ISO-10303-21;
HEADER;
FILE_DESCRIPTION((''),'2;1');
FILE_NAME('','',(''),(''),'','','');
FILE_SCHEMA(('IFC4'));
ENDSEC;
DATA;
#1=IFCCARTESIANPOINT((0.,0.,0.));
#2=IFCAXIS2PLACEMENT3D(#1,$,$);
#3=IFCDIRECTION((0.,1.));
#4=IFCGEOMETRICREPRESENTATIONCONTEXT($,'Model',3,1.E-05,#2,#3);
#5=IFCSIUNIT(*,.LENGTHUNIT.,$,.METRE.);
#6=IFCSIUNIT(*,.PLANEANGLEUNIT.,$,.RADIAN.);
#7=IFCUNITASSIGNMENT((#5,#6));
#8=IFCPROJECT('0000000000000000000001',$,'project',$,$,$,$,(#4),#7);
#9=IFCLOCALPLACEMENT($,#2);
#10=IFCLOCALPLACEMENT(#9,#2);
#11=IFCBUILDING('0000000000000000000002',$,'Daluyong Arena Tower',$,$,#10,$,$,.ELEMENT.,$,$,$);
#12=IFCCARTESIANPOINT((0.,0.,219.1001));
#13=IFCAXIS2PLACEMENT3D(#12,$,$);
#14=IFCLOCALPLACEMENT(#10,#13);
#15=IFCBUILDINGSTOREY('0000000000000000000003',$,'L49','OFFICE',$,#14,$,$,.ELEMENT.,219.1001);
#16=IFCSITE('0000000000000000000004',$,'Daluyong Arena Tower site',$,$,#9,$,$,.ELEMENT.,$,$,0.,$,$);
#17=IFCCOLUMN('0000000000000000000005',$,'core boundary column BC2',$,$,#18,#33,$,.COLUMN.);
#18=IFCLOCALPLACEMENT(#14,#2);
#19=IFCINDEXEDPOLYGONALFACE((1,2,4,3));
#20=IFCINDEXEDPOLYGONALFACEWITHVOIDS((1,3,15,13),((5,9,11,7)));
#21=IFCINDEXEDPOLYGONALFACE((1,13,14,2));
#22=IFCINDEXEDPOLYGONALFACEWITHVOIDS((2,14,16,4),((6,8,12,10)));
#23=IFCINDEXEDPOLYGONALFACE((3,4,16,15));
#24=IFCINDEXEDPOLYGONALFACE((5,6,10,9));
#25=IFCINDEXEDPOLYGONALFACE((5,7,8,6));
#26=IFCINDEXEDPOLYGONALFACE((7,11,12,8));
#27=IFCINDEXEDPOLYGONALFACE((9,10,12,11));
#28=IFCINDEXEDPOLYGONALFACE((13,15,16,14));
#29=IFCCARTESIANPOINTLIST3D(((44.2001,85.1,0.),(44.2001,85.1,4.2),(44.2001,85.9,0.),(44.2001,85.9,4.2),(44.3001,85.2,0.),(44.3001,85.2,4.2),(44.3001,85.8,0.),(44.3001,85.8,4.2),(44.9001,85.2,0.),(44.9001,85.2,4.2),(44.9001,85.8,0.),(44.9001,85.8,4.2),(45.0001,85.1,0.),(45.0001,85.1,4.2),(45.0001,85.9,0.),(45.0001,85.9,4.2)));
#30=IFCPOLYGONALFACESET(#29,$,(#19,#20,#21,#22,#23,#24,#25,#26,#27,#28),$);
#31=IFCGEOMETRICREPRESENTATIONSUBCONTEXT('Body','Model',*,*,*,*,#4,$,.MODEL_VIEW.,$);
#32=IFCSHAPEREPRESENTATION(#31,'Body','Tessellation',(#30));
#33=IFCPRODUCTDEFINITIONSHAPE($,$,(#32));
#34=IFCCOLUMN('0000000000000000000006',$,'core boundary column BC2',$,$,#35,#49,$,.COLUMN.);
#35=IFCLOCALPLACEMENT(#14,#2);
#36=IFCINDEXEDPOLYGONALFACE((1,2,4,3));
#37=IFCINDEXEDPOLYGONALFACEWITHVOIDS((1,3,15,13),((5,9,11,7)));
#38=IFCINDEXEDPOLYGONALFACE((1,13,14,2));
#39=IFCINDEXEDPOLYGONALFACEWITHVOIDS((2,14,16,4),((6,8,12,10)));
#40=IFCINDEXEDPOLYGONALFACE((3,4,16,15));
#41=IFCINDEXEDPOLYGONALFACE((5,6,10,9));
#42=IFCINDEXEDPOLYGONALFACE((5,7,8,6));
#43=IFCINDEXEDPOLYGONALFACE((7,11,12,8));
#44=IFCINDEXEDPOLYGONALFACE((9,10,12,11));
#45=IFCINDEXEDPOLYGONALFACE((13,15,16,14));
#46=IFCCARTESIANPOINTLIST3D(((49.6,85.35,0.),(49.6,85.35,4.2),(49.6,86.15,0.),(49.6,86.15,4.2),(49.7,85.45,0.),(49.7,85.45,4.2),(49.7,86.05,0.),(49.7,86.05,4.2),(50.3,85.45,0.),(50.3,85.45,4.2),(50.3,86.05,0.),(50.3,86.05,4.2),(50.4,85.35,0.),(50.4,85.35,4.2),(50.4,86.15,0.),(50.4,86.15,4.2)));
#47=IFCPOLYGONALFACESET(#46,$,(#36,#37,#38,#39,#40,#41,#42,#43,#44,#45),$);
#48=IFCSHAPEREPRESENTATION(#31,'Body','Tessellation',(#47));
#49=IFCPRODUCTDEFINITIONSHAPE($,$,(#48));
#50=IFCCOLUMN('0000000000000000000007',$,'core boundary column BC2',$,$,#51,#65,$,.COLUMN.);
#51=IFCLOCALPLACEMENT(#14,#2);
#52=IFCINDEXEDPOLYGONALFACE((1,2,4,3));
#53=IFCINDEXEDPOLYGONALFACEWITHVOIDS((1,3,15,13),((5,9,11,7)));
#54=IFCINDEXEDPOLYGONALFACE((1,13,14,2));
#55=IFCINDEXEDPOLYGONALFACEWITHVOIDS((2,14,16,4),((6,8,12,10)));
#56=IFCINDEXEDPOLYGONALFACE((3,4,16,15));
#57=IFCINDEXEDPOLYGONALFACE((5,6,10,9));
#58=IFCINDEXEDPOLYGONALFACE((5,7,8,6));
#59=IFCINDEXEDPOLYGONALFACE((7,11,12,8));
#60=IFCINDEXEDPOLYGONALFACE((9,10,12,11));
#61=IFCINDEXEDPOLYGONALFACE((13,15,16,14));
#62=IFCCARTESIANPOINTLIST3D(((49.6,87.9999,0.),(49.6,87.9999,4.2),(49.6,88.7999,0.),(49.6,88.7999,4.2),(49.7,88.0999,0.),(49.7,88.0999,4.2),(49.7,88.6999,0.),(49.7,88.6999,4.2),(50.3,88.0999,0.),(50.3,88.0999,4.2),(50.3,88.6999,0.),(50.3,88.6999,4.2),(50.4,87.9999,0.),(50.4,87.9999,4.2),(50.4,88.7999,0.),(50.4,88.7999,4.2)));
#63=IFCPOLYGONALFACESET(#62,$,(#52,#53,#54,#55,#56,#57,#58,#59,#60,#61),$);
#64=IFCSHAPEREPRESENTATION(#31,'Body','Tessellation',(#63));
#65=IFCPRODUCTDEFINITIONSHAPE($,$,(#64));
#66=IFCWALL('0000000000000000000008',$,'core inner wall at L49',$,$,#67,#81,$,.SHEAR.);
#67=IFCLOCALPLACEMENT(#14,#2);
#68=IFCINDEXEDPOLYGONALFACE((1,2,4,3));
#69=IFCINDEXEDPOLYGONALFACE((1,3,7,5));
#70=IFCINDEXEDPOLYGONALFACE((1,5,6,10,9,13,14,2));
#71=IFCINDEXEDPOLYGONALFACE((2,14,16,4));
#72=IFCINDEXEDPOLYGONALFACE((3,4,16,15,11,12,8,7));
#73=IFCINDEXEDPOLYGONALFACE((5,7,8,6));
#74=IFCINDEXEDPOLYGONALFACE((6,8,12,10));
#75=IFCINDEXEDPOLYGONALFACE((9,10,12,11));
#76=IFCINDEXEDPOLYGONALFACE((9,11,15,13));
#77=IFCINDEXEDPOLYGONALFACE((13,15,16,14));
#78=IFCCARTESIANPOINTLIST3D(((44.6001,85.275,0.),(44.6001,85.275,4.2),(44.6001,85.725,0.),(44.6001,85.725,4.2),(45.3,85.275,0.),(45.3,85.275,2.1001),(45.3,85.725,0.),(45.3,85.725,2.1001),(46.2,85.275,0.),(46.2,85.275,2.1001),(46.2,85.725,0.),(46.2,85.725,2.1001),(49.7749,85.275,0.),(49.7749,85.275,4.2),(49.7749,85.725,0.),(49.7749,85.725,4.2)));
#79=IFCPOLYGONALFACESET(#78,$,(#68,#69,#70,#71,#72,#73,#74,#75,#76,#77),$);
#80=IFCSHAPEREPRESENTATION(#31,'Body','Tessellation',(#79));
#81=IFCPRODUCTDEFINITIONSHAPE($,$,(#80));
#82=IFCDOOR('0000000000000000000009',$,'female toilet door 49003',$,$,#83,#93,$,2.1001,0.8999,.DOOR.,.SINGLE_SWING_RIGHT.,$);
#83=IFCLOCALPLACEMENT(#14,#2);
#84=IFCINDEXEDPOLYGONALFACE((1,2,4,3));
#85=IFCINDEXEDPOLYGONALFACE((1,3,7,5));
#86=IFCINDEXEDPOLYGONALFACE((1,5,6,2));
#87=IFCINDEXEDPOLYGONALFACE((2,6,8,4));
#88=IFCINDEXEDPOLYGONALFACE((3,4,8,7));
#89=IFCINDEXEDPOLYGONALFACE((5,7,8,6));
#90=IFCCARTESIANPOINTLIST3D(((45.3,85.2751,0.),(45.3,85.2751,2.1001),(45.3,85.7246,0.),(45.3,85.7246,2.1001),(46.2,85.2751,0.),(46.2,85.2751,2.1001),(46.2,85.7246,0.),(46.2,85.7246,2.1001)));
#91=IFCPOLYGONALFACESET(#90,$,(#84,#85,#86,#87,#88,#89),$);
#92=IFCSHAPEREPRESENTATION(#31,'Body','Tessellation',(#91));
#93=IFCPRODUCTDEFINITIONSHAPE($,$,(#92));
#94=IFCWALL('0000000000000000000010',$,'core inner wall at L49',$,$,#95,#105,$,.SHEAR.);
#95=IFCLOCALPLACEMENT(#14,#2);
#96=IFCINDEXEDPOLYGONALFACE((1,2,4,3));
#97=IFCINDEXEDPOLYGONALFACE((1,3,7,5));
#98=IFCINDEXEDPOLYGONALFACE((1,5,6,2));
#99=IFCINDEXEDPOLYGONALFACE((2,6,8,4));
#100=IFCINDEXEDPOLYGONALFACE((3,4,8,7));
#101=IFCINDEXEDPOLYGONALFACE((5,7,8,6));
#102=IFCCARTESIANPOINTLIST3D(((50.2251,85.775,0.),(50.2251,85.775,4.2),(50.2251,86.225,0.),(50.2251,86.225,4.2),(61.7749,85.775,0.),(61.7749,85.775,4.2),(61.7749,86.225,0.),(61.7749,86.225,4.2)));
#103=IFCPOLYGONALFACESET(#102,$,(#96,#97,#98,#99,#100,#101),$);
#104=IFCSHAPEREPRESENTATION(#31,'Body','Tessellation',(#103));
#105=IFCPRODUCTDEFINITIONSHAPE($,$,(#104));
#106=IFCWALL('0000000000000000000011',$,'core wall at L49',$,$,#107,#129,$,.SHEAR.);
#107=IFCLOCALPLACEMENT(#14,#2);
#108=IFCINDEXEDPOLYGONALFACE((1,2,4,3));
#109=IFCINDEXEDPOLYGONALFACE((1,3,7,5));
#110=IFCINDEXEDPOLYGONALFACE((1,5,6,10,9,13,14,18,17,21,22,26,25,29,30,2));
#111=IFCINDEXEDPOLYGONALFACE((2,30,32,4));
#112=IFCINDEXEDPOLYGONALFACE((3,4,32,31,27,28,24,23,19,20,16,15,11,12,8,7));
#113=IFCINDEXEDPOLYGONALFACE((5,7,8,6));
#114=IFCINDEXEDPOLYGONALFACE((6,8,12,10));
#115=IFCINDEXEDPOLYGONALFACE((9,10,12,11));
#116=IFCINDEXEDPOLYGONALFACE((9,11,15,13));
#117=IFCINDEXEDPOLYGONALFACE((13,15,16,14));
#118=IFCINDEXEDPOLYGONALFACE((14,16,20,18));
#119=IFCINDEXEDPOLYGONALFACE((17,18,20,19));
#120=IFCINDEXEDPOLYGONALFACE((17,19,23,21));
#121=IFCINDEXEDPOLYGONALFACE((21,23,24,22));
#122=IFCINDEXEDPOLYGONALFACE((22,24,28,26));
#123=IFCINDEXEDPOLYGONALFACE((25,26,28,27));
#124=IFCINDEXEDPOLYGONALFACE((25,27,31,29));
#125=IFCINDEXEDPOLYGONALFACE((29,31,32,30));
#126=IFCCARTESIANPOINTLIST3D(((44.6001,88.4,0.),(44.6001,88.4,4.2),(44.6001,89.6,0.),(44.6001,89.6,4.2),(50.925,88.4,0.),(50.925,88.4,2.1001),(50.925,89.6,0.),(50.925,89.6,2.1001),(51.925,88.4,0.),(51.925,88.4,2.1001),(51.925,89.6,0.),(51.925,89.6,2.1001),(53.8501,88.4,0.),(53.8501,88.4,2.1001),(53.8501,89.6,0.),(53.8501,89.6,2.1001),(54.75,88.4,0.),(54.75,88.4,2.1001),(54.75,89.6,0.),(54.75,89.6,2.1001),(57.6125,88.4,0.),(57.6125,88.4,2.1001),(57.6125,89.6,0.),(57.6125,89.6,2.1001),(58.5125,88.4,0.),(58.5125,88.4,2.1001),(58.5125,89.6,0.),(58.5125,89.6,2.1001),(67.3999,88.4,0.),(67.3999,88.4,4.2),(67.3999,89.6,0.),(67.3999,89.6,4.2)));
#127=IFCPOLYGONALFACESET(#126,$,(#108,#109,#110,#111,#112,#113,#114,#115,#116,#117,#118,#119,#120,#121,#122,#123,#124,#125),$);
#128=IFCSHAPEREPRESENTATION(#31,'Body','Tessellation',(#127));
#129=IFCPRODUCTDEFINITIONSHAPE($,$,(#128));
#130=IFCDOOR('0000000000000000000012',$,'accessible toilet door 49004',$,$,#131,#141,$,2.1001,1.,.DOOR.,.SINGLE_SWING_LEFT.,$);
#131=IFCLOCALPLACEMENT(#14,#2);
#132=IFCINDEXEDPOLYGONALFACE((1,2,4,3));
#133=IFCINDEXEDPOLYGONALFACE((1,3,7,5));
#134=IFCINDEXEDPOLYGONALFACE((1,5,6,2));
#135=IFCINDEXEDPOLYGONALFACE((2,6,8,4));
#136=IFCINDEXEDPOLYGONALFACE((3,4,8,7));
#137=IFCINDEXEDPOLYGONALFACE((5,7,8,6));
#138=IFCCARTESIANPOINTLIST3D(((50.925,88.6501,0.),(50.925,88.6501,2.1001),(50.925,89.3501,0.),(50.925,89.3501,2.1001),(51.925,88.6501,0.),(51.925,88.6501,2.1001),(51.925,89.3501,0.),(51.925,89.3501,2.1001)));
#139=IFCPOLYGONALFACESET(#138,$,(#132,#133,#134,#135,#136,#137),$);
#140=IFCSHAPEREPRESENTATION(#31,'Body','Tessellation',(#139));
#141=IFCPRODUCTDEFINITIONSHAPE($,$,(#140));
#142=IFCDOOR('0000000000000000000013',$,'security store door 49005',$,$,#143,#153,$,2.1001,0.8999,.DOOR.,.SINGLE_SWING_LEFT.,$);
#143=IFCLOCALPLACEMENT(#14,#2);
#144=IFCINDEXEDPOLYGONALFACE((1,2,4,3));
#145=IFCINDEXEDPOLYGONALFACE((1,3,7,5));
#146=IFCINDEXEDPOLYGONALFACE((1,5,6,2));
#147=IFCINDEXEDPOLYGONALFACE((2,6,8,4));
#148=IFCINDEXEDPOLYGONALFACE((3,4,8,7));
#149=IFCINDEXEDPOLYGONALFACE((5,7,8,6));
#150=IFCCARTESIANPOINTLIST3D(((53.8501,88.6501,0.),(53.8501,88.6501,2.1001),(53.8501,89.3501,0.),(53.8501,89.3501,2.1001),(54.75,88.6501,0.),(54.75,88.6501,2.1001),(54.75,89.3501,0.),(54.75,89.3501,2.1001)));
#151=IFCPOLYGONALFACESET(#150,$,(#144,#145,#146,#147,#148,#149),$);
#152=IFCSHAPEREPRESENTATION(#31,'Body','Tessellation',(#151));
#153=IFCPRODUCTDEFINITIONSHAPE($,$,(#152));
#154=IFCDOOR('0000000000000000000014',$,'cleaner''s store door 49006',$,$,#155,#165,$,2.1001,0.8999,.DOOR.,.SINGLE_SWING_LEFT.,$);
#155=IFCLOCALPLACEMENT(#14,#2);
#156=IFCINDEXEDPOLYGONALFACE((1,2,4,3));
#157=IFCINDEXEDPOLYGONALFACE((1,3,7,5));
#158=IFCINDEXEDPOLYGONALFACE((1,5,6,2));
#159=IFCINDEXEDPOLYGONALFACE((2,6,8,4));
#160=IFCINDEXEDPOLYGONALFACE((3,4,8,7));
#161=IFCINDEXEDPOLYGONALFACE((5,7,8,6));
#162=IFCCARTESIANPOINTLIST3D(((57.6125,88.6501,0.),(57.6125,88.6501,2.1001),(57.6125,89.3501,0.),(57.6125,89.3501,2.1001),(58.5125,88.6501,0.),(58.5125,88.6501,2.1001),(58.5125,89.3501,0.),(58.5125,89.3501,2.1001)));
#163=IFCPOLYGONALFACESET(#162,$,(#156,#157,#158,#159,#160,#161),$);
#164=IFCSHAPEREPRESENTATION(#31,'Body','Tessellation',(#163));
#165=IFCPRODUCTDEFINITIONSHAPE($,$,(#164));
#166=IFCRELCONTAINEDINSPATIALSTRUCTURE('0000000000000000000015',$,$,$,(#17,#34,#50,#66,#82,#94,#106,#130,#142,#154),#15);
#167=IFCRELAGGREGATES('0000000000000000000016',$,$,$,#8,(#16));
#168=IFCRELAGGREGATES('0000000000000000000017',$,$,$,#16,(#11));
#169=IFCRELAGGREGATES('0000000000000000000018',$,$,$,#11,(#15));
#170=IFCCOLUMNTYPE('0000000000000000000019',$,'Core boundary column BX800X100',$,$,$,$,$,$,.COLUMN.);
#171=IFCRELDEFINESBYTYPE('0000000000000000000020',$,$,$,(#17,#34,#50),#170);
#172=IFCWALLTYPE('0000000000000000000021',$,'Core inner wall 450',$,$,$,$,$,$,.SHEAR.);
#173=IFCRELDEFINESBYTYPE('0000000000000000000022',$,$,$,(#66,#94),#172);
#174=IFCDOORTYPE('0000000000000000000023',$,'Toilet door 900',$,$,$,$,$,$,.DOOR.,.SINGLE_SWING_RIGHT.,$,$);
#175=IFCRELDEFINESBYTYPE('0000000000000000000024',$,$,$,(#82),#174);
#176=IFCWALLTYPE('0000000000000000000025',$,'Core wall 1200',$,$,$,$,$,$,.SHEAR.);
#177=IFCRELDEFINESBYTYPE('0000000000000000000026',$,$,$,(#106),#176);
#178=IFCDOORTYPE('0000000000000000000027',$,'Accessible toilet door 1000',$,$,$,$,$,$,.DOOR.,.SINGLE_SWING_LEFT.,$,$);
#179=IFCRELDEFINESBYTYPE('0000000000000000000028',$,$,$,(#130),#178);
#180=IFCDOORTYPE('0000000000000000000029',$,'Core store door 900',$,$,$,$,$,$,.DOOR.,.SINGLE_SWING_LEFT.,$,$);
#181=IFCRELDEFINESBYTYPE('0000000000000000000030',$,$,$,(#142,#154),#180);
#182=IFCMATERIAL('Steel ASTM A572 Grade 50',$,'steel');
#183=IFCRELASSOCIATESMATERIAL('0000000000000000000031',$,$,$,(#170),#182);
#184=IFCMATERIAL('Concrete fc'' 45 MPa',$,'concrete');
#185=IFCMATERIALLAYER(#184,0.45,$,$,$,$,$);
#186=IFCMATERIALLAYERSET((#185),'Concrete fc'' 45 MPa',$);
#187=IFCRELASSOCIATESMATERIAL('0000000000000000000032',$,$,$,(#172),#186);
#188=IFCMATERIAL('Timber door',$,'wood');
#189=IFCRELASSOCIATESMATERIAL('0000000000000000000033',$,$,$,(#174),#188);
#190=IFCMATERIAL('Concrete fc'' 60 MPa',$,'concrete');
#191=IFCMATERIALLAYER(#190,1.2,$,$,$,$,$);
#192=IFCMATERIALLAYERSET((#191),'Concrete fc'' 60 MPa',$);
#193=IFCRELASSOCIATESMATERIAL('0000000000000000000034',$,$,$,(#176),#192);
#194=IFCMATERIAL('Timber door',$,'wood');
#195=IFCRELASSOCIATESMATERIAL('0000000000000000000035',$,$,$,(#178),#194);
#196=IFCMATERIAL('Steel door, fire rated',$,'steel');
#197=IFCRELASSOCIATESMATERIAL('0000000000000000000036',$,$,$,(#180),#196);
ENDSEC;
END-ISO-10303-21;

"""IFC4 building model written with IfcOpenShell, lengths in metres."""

from ifc_helpers import new_model, si_unit, direction, frame, frame_2d, origin, origin_2d, place, context, subcontext, project, spatial, rectangle, hollow_rectangle, extrude, material, layer, layer_set, material_profile, profile_set, type_object, element, fill, save


model = new_model("IFC4")

# Units and contexts
model_context = context("Model", 3, precision=1e-05, world=origin(), true_north=direction((0.0, 1.0)))
body_context = subcontext(model_context, "Body", "Model", "MODEL_VIEW")
ifc_project = project(units=[si_unit("LENGTHUNIT", "METRE"), si_unit("PLANEANGLEUNIT", "RADIAN")], contexts=[model_context])

# Site, building, storey
site_placement = place(None, origin())
site = spatial("IfcSite", under=ifc_project, at=site_placement, Name="Daluyong Arena Tower site", CompositionType="ELEMENT", RefElevation=0.0)
building_placement = place(site_placement, origin())
building = spatial("IfcBuilding", under=site, at=building_placement, Name="Daluyong Arena Tower", CompositionType="ELEMENT")
storey_placement = place(building_placement, frame((0.0, 0.0, 219.1001)))
storey = spatial("IfcBuildingStorey", under=building, at=storey_placement, Name="L49", Description="OFFICE", CompositionType="ELEMENT", Elevation=219.1001)

# Columns
ifc_material_1 = material(Name="Steel ASTM A572 Grade 50", Category="steel")
ifc_material_profile = material_profile(ifc_material_1, hollow_rectangle(XDim=0.8, YDim=0.8, WallThickness=0.1, at=origin_2d()))
ifc_profile_set = profile_set([ifc_material_profile], Name="Steel ASTM A572 Grade 50")
column_type = type_object("IfcColumnType", Name="Core boundary column BX800X100", PredefinedType="COLUMN", material=ifc_profile_set)
for number, where, z_axis, x_axis, name in (
    (1, (44.6001, 85.5, 0.0), (0.0, 0.0, 1.0), (1.0, 0.0, 0.0), "core boundary column BC2"),
    (2, (50.0, 85.75, 0.0), (0.0, 0.0, 1.0), (1.0, 0.0, 0.0), "core boundary column BC2"),
    (3, (50.0, 88.3999, 0.0), (0.0, 0.0, 1.0), (1.0, 0.0, 0.0), "core boundary column BC2"),
):
    element("IfcColumn", number, at=place(storey_placement, frame(where, z_axis=z_axis, x_axis=x_axis)), inside=storey, type_object=column_type, Name=name, PredefinedType="COLUMN", context=body_context, shape_type="SweptSolid", body=[
        extrude(hollow_rectangle(XDim=0.8, YDim=0.8, WallThickness=0.1, at=origin_2d()), origin(), (0.0, 0.0, 1.0), 4.2),
    ])

# Wall, opening, door
ifc_material_2 = material(Name="Concrete fc' 45 MPa", Category="concrete")
ifc_layer_1 = layer(ifc_material_2, 0.45)
ifc_layer_set_1 = layer_set([ifc_layer_1], Name="Concrete fc' 45 MPa")
wall_type_1 = type_object("IfcWallType", Name="Core inner wall 450", PredefinedType="SHEAR", material=ifc_layer_set_1)
wall_1_placement = place(storey_placement, frame((44.6001, 85.5, 0.0), z_axis=(0.0, 0.0, 1.0), x_axis=(1.0, 0.0, 0.0)))
wall_1 = element("IfcWall", 4, at=wall_1_placement, inside=storey, type_object=wall_type_1, Name="core inner wall at L49", PredefinedType="SHEAR", context=body_context, shape_type="SweptSolid", body=[
    extrude(rectangle(XDim=5.1748, YDim=0.45, at=frame_2d((2.5874, 0.0))), origin(), (0.0, 0.0, 1.0), 4.2),
])
opening_1_placement = place(wall_1_placement, frame((0.7, 0.0, 0.0)))
opening_1 = element("IfcOpeningElement", 5, at=opening_1_placement, cuts=wall_1, PredefinedType="OPENING", context=body_context, shape_type="SweptSolid", body=[
    extrude(rectangle(XDim=0.8999, YDim=2.1001, at=frame_2d((0.45, 1.05))), frame((0.0, 0.2349, 0.0), z_axis=(0.0, -1.0, 0.0), x_axis=(1.0, 0.0, 0.0)), (0.0, 0.0, 1.0), 0.47),
])
ifc_material_3 = material(Name="Timber door", Category="wood")
door_type_1 = type_object("IfcDoorType", Name="Toilet door 900", OperationType="SINGLE_SWING_RIGHT", PredefinedType="DOOR", material=ifc_material_3)
door_1_placement = place(opening_1_placement, origin())
door_1 = element("IfcDoor", 6, at=door_1_placement, inside=storey, type_object=door_type_1, Name="female toilet door 49003", OperationType="SINGLE_SWING_RIGHT", OverallHeight=2.1001, OverallWidth=0.8999, PredefinedType="DOOR", context=body_context, shape_type="SweptSolid", body=[
    extrude(rectangle(XDim=0.8999, YDim=2.1001, at=frame_2d((0.45, 1.05))), frame((0.0, 0.2246, 0.0), z_axis=(0.0, -1.0, 0.0), x_axis=(1.0, 0.0, 0.0)), (0.0, 0.0, 1.0), 0.4495),
])
fill(opening_1, door_1)

# Wall
wall_2_placement = place(storey_placement, frame((50.2251, 86.0, 0.0), z_axis=(0.0, 0.0, 1.0), x_axis=(1.0, 0.0, 0.0)))
element("IfcWall", 7, at=wall_2_placement, inside=storey, type_object=wall_type_1, Name="core inner wall at L49", PredefinedType="SHEAR", context=body_context, shape_type="SweptSolid", body=[
    extrude(rectangle(XDim=11.5498, YDim=0.45, at=frame_2d((5.7749, 0.0))), origin(), (0.0, 0.0, 1.0), 4.2),
])

# Wall, openings, doors
ifc_material_4 = material(Name="Concrete fc' 60 MPa", Category="concrete")
ifc_layer_2 = layer(ifc_material_4, 1.2)
ifc_layer_set_2 = layer_set([ifc_layer_2], Name="Concrete fc' 60 MPa")
wall_type_2 = type_object("IfcWallType", Name="Core wall 1200", PredefinedType="SHEAR", material=ifc_layer_set_2)
wall_3_placement = place(storey_placement, frame((44.6001, 89.0, 0.0), z_axis=(0.0, 0.0, 1.0), x_axis=(1.0, 0.0, 0.0)))
wall_3 = element("IfcWall", 8, at=wall_3_placement, inside=storey, type_object=wall_type_2, Name="core wall at L49", PredefinedType="SHEAR", context=body_context, shape_type="SweptSolid", body=[
    extrude(rectangle(XDim=22.7998, YDim=1.2, at=frame_2d((11.3999, 0.0))), origin(), (0.0, 0.0, 1.0), 4.2),
])
opening_2_placement = place(wall_3_placement, frame((6.325, 0.0, 0.0)))
opening_2 = element("IfcOpeningElement", 9, at=opening_2_placement, cuts=wall_3, PredefinedType="OPENING", context=body_context, shape_type="SweptSolid", body=[
    extrude(rectangle(XDim=1.0, YDim=2.1001, at=frame_2d((0.5, 1.05))), frame((0.0, 0.6099, 0.0), z_axis=(0.0, -1.0, 0.0), x_axis=(1.0, 0.0, 0.0)), (0.0, 0.0, 1.0), 1.22),
])
opening_3_placement = place(wall_3_placement, frame((9.25, 0.0, 0.0)))
opening_3 = element("IfcOpeningElement", 10, at=opening_3_placement, cuts=wall_3, PredefinedType="OPENING", context=body_context, shape_type="SweptSolid", body=[
    extrude(rectangle(XDim=0.8999, YDim=2.1001, at=frame_2d((0.45, 1.05))), frame((0.0, 0.6099, 0.0), z_axis=(0.0, -1.0, 0.0), x_axis=(1.0, 0.0, 0.0)), (0.0, 0.0, 1.0), 1.22),
])
opening_4_placement = place(wall_3_placement, frame((13.0125, 0.0, 0.0)))
opening_4 = element("IfcOpeningElement", 11, at=opening_4_placement, cuts=wall_3, PredefinedType="OPENING", context=body_context, shape_type="SweptSolid", body=[
    extrude(rectangle(XDim=0.8999, YDim=2.1001, at=frame_2d((0.45, 1.05))), frame((0.0, 0.6099, 0.0), z_axis=(0.0, -1.0, 0.0), x_axis=(1.0, 0.0, 0.0)), (0.0, 0.0, 1.0), 1.22),
])
ifc_material_5 = material(Name="Timber door", Category="wood")
door_type_2 = type_object("IfcDoorType", Name="Accessible toilet door 1000", OperationType="SINGLE_SWING_LEFT", PredefinedType="DOOR", material=ifc_material_5)
door_2_placement = place(opening_2_placement, origin())
door_2 = element("IfcDoor", 12, at=door_2_placement, inside=storey, type_object=door_type_2, Name="accessible toilet door 49004", OperationType="SINGLE_SWING_LEFT", OverallHeight=2.1001, OverallWidth=1.0, PredefinedType="DOOR", context=body_context, shape_type="SweptSolid", body=[
    extrude(rectangle(XDim=1.0, YDim=2.1001, at=frame_2d((0.5, 1.05))), frame((0.0, 0.3501, 0.0), z_axis=(0.0, -1.0, 0.0), x_axis=(1.0, 0.0, 0.0)), (0.0, 0.0, 1.0), 0.7),
])
fill(opening_2, door_2)
ifc_material_6 = material(Name="Steel door, fire rated", Category="steel")
door_type_3 = type_object("IfcDoorType", Name="Core store door 900", OperationType="SINGLE_SWING_LEFT", PredefinedType="DOOR", material=ifc_material_6)
door_3_placement = place(opening_3_placement, origin())
door_3 = element("IfcDoor", 13, at=door_3_placement, inside=storey, type_object=door_type_3, Name="security store door 49005", OperationType="SINGLE_SWING_LEFT", OverallHeight=2.1001, OverallWidth=0.8999, PredefinedType="DOOR", context=body_context, shape_type="SweptSolid", body=[
    extrude(rectangle(XDim=0.8999, YDim=2.1001, at=frame_2d((0.45, 1.05))), frame((0.0, 0.3501, 0.0), z_axis=(0.0, -1.0, 0.0), x_axis=(1.0, 0.0, 0.0)), (0.0, 0.0, 1.0), 0.7),
])
fill(opening_3, door_3)
door_4_placement = place(opening_4_placement, origin())
door_4 = element("IfcDoor", 14, at=door_4_placement, inside=storey, type_object=door_type_3, Name="cleaner's store door 49006", OperationType="SINGLE_SWING_LEFT", OverallHeight=2.1001, OverallWidth=0.8999, PredefinedType="DOOR", context=body_context, shape_type="SweptSolid", body=[
    extrude(rectangle(XDim=0.8999, YDim=2.1001, at=frame_2d((0.45, 1.05))), frame((0.0, 0.3501, 0.0), z_axis=(0.0, -1.0, 0.0), x_axis=(1.0, 0.0, 0.0)), (0.0, 0.0, 1.0), 0.7),
])
fill(opening_4, door_4)

save(model, "model.ifc")
